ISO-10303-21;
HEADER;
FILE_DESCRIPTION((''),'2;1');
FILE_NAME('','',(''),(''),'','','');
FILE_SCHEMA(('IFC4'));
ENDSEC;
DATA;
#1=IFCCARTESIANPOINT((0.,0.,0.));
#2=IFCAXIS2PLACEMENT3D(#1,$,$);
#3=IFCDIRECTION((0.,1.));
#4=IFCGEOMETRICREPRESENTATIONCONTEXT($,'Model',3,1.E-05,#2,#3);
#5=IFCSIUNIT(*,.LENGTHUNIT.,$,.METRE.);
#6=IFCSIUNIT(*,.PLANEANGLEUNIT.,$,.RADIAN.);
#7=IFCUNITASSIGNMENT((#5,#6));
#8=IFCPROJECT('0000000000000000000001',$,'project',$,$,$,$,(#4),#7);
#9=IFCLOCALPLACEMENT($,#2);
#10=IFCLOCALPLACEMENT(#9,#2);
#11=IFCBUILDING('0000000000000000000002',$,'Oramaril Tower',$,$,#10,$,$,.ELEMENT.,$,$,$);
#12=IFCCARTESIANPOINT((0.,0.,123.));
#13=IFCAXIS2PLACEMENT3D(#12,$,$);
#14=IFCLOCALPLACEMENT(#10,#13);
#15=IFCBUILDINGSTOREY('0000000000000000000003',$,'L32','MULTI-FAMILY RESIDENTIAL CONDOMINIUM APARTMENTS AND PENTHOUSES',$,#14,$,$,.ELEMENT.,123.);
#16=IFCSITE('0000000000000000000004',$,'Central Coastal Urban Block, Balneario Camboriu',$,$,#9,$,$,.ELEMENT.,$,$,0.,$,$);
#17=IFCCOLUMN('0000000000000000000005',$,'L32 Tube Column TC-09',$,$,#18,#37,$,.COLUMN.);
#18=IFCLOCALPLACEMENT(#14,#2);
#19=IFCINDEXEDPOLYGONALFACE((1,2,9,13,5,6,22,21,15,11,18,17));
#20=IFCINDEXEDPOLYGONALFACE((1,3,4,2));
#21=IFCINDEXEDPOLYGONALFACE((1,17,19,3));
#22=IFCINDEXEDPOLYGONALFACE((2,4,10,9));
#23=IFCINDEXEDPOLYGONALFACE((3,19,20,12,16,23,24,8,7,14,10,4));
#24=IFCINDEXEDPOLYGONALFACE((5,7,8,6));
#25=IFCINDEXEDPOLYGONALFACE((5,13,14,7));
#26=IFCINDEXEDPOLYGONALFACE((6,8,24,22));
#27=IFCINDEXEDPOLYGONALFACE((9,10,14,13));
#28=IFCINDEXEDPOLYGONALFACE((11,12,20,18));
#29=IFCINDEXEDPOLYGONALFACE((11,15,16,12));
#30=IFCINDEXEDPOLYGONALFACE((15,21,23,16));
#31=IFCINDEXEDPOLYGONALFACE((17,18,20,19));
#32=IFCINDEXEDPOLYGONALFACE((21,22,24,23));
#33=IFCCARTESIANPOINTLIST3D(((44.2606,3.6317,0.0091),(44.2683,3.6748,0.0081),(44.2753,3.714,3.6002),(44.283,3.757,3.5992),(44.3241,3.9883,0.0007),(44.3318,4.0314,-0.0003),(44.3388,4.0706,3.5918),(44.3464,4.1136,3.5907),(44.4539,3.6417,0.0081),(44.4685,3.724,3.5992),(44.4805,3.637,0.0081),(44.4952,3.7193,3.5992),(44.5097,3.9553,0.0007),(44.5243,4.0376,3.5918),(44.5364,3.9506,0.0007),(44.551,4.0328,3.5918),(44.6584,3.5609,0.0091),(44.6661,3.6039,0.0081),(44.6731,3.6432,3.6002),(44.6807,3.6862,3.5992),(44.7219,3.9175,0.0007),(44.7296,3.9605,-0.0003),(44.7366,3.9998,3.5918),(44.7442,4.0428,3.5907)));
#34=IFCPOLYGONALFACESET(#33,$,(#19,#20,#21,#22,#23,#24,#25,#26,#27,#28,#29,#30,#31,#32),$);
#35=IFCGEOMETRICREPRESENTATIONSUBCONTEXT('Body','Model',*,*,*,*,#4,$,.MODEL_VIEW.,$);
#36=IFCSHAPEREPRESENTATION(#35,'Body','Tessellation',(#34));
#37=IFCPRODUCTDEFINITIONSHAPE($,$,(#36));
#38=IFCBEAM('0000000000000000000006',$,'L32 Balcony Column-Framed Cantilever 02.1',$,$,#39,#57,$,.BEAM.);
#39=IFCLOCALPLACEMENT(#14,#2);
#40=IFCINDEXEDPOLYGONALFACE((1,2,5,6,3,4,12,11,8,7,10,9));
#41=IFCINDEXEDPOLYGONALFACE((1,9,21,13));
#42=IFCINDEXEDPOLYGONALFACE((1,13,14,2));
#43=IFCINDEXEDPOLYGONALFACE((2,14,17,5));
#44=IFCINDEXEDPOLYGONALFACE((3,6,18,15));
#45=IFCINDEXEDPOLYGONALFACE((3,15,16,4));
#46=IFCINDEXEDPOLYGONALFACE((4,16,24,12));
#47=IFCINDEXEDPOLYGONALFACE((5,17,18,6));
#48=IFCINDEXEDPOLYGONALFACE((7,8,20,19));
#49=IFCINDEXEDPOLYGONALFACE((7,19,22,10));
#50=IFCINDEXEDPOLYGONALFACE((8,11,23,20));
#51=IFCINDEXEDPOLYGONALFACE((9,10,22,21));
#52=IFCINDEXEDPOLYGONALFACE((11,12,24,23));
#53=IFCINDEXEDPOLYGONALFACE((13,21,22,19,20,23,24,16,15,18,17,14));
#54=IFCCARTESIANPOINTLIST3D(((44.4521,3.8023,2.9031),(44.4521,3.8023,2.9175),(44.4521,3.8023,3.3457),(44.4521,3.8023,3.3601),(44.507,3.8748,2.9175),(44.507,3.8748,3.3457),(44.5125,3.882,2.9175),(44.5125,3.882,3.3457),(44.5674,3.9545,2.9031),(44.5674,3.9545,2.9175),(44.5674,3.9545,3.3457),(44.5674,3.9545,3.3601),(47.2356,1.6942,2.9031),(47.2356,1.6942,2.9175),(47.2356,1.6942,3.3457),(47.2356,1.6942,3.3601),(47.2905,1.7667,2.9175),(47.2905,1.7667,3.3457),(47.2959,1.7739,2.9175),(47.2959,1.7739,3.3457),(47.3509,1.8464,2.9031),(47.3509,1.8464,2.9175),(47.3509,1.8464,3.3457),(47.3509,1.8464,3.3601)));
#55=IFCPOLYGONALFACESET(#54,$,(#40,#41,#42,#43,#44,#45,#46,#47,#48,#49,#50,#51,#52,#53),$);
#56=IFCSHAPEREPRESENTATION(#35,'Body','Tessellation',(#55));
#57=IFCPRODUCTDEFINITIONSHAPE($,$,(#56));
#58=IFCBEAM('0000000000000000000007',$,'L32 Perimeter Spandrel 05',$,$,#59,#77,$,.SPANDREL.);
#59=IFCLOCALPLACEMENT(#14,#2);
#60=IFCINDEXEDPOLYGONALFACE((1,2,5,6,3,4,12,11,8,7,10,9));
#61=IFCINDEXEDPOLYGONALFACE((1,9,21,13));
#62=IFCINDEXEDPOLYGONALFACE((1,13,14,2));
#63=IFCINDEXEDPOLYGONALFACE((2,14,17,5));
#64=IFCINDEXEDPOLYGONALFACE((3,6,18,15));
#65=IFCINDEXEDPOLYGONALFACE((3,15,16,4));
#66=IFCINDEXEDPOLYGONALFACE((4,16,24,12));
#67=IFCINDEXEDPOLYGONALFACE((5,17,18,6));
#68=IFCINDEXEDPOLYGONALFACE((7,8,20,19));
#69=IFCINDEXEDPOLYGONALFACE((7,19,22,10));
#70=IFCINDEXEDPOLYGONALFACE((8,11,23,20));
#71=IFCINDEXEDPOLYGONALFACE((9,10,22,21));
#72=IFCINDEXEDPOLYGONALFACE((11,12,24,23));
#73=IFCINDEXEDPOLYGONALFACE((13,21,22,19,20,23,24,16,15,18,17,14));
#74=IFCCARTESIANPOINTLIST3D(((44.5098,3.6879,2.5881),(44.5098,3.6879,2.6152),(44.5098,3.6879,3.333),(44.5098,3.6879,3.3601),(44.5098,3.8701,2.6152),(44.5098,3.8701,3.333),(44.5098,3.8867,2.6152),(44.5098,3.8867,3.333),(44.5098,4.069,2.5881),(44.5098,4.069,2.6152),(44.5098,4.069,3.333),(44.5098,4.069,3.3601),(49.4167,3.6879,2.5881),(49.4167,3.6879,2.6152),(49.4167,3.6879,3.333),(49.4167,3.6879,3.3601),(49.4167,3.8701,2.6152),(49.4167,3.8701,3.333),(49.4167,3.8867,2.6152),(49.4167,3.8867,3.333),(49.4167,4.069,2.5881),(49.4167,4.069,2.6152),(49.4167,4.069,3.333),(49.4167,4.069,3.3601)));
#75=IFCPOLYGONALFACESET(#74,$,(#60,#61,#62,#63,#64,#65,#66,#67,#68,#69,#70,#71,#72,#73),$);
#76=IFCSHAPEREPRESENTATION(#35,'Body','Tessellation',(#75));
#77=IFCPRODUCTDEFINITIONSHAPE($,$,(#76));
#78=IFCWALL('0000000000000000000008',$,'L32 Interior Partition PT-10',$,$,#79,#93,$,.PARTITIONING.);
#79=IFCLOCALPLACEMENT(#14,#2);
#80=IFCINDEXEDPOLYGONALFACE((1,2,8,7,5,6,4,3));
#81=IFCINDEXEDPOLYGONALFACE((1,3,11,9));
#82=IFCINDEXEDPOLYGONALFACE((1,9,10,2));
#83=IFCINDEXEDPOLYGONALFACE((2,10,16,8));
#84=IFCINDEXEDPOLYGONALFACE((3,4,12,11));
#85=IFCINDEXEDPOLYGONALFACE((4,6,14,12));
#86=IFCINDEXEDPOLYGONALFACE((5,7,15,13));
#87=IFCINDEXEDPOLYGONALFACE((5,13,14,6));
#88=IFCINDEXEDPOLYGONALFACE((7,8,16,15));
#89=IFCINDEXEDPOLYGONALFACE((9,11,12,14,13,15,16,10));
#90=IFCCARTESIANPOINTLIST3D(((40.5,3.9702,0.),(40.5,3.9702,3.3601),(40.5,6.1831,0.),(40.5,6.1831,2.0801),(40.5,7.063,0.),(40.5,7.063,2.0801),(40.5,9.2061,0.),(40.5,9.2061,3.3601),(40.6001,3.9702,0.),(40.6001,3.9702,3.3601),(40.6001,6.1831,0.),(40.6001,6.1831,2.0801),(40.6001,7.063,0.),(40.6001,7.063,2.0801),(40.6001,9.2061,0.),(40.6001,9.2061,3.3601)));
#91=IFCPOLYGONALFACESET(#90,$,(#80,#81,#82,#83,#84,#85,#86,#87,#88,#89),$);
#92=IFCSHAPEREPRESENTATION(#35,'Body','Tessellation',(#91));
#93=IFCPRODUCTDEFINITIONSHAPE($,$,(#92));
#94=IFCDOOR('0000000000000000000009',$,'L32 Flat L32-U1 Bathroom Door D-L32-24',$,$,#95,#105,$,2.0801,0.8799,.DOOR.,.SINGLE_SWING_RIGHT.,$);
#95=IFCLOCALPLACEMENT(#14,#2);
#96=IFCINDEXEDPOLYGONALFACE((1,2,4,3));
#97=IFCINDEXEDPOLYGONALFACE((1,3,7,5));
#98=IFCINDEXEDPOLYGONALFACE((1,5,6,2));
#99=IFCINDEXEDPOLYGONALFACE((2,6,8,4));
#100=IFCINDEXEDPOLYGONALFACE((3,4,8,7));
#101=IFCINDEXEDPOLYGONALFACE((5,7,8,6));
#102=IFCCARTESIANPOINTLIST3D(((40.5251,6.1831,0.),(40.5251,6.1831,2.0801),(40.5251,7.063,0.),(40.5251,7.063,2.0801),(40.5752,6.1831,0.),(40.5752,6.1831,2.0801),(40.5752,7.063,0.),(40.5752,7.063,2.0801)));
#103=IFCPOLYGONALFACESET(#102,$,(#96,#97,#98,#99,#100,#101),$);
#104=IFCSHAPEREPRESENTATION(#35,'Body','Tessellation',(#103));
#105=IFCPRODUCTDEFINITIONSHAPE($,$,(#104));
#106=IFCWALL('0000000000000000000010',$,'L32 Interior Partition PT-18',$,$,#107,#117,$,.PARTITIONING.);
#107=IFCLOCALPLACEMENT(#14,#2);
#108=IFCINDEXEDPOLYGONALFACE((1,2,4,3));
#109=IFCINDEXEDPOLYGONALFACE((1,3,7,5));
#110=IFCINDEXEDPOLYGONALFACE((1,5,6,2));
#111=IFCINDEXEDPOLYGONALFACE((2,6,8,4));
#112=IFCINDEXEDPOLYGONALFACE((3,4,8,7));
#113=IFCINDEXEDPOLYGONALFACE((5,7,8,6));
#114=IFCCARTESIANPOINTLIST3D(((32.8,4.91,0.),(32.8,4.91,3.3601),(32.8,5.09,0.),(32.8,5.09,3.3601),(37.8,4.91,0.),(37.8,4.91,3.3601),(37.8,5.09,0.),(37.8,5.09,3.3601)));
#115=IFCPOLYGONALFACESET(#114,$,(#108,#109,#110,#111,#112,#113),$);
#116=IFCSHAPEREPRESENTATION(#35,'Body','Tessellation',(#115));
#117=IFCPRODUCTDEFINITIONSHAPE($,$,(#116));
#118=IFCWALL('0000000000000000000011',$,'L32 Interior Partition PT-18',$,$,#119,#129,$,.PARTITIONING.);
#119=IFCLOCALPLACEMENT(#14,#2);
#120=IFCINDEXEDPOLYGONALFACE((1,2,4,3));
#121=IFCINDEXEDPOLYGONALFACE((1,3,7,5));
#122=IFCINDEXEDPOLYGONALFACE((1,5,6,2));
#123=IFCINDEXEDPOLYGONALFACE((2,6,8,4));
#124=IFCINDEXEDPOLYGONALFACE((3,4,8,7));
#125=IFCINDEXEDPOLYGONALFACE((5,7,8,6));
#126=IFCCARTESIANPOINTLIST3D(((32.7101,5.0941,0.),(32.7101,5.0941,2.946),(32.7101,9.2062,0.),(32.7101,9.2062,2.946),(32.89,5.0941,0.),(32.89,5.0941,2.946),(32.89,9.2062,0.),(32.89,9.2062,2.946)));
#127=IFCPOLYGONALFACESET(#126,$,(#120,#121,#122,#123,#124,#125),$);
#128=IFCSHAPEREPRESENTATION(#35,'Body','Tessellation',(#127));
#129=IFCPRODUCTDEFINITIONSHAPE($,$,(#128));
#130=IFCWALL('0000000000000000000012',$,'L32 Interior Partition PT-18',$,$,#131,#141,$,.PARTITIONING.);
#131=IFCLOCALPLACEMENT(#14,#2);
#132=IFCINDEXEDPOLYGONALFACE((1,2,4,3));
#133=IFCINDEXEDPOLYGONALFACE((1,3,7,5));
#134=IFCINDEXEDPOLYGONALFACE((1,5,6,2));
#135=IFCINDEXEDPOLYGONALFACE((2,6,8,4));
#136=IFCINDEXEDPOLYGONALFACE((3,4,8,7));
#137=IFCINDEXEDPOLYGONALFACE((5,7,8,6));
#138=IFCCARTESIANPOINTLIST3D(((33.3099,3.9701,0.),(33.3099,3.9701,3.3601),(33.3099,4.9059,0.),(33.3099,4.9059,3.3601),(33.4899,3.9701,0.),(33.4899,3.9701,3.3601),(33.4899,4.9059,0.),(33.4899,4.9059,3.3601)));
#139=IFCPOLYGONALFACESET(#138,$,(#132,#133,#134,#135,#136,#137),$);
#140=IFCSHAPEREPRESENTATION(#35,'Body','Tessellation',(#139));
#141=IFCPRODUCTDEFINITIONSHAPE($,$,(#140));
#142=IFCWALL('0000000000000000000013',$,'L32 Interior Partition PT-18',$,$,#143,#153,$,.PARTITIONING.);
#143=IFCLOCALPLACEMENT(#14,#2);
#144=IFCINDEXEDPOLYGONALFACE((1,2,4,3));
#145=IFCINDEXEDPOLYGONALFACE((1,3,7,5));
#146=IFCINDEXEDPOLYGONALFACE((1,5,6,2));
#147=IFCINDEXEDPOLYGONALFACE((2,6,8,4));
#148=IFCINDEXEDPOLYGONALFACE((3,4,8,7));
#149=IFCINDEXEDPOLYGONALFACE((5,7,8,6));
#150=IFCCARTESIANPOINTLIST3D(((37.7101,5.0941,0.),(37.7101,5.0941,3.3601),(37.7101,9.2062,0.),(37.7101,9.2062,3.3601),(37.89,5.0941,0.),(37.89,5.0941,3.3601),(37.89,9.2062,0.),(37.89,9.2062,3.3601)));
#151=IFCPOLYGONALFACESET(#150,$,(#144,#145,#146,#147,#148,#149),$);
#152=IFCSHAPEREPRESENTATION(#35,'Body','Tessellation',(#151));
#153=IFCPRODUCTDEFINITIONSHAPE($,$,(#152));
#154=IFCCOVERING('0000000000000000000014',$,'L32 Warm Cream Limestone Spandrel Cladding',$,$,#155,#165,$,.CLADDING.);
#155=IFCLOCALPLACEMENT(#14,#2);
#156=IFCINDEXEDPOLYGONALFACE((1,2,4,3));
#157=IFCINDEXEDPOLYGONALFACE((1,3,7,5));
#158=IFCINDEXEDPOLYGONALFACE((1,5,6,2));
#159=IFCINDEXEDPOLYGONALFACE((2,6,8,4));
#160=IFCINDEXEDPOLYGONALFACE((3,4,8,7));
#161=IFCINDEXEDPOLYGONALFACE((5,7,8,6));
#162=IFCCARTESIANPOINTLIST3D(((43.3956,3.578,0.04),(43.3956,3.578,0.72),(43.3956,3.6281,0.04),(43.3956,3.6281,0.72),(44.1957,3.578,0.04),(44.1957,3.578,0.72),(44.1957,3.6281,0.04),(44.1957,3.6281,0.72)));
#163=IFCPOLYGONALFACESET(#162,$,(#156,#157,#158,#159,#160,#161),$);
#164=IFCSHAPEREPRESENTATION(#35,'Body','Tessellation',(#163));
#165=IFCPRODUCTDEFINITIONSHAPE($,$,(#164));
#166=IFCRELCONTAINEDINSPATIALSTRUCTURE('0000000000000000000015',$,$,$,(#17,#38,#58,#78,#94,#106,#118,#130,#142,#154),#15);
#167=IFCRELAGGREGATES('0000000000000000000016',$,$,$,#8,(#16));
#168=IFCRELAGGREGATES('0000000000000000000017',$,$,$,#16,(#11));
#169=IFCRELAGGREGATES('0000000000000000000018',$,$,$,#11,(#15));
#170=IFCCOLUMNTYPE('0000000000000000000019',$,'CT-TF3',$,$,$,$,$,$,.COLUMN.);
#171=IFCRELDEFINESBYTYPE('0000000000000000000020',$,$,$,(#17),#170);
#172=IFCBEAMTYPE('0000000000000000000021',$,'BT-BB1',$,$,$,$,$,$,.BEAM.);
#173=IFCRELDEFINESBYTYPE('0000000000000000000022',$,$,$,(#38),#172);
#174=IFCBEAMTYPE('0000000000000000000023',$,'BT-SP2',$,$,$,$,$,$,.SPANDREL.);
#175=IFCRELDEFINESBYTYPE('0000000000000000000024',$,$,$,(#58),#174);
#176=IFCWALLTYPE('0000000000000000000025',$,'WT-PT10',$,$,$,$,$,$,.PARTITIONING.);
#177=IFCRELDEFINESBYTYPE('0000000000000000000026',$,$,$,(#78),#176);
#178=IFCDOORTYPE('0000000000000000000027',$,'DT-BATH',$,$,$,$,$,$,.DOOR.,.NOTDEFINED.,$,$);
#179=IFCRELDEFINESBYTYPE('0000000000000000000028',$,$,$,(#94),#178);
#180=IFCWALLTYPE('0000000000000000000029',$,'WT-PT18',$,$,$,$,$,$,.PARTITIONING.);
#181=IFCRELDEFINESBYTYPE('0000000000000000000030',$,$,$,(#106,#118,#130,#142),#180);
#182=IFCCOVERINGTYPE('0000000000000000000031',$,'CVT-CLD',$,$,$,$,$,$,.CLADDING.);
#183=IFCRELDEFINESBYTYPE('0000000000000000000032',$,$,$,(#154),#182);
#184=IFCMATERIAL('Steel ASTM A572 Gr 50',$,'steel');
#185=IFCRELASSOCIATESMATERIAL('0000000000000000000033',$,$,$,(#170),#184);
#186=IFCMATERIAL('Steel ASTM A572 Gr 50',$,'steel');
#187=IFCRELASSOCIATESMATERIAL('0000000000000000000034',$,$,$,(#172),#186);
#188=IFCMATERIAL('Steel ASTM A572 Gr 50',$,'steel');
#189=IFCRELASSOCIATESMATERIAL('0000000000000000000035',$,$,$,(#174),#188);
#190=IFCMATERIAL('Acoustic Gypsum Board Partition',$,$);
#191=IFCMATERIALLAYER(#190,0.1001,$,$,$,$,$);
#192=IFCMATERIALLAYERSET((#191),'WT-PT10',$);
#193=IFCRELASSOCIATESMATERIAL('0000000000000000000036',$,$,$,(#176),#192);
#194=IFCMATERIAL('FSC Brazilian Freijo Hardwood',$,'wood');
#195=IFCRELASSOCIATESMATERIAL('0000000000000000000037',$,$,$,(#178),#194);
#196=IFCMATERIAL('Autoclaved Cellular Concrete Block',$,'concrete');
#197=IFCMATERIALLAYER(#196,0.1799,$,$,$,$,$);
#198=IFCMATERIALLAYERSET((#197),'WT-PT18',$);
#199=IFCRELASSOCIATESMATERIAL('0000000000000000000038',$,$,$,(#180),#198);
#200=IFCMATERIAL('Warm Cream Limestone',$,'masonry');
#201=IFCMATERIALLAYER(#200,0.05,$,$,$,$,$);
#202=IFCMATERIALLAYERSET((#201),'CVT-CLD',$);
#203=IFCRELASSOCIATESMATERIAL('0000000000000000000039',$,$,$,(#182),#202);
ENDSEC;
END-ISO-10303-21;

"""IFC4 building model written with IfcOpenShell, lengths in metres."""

from ifc_helpers import new_model, si_unit, direction, frame, frame_2d, origin, origin_2d, place, context, subcontext, project, spatial, rectangle, i_section, extrude, material, layer, layer_set, material_profile, profile_set, type_object, element, fill, save


model = new_model("IFC4")

# Units and contexts
model_context = context("Model", 3, precision=1e-05, world=origin(), true_north=direction((0.0, 1.0)))
body_context = subcontext(model_context, "Body", "Model", "MODEL_VIEW")
ifc_project = project(units=[si_unit("LENGTHUNIT", "METRE"), si_unit("PLANEANGLEUNIT", "RADIAN")], contexts=[model_context])

# Site, building, storey
site_placement = place(None, origin())
site = spatial("IfcSite", under=ifc_project, at=site_placement, Name="Central Coastal Urban Block, Balneario Camboriu", CompositionType="ELEMENT", RefElevation=0.0)
building_placement = place(site_placement, origin())
building = spatial("IfcBuilding", under=site, at=building_placement, Name="Oramaril Tower", CompositionType="ELEMENT")
storey_placement = place(building_placement, frame((0.0, 0.0, 123.0)))
storey = spatial("IfcBuildingStorey", under=building, at=storey_placement, Name="L32", Description="MULTI-FAMILY RESIDENTIAL CONDOMINIUM APARTMENTS AND PENTHOUSES", CompositionType="ELEMENT", Elevation=123.0)

# Column
ifc_material_1 = material(Name="Steel ASTM A572 Gr 50", Category="steel")
ifc_material_profile_1 = material_profile(ifc_material_1, i_section(OverallWidth=0.4041, OverallDepth=0.406, WebThickness=0.0271, FlangeThickness=0.0437, at=origin_2d()), Name="W14X233")
ifc_profile_set_1 = profile_set([ifc_material_profile_1], Name="Steel ASTM A572 Gr 50")
column_type = type_object("IfcColumnType", Name="CT-TF3", PredefinedType="COLUMN", material=ifc_profile_set_1)
column_placement = place(storey_placement, frame((44.4951, 3.7961, 0.0044), z_axis=(0.004078, 0.022905, 0.999729), x_axis=(-0.984518, 0.175285, 0.0)))
element("IfcColumn", 1, at=column_placement, inside=storey, type_object=column_type, Name="L32 Tube Column TC-09", PredefinedType="COLUMN", context=body_context, shape_type="SweptSolid", body=[
    extrude(i_section(OverallWidth=0.4041, OverallDepth=0.406, WebThickness=0.0271, FlangeThickness=0.0437, at=origin_2d()), origin(), (0.0, 0.0, 1.0), 3.592),
])

# Beams
ifc_material_2 = material(Name="Steel ASTM A572 Gr 50", Category="steel")
ifc_material_profile_2 = material_profile(ifc_material_2, i_section(OverallWidth=0.1909, OverallDepth=0.457, WebThickness=0.009, FlangeThickness=0.0144, at=origin_2d()), Name="W18X50")
ifc_profile_set_2 = profile_set([ifc_material_profile_2], Name="Steel ASTM A572 Gr 50")
beam_type_1 = type_object("IfcBeamType", Name="BT-BB1", PredefinedType="BEAM", material=ifc_profile_set_2)
beam_1_placement = place(storey_placement, frame((44.5098, 3.8784, 3.1316), z_axis=(0.797164, -0.603763, 0.0), x_axis=(0.603763, 0.797164, 0.0)))
element("IfcBeam", 2, at=beam_1_placement, inside=storey, type_object=beam_type_1, Name="L32 Balcony Column-Framed Cantilever 02.1", PredefinedType="BEAM", context=body_context, shape_type="SweptSolid", body=[
    extrude(i_section(OverallWidth=0.1909, OverallDepth=0.457, WebThickness=0.009, FlangeThickness=0.0144, at=origin_2d()), origin(), (0.0, 0.0, 1.0), 3.4917),
])
ifc_material_3 = material(Name="Steel ASTM A572 Gr 50", Category="steel")
ifc_material_profile_3 = material_profile(ifc_material_3, i_section(OverallWidth=0.3811, OverallDepth=0.772, WebThickness=0.0166, FlangeThickness=0.0271, at=origin_2d()), Name="W30X173")
ifc_profile_set_3 = profile_set([ifc_material_profile_3], Name="Steel ASTM A572 Gr 50")
beam_type_2 = type_object("IfcBeamType", Name="BT-SP2", PredefinedType="SPANDREL", material=ifc_profile_set_3)
beam_2_placement = place(storey_placement, frame((44.5098, 3.8784, 2.9741), z_axis=(1.0, 0.0, 0.0), x_axis=(0.0, 1.0, 0.0)))
element("IfcBeam", 3, at=beam_2_placement, inside=storey, type_object=beam_type_2, Name="L32 Perimeter Spandrel 05", PredefinedType="SPANDREL", context=body_context, shape_type="SweptSolid", body=[
    extrude(i_section(OverallWidth=0.3811, OverallDepth=0.772, WebThickness=0.0166, FlangeThickness=0.0271, at=origin_2d()), origin(), (0.0, 0.0, 1.0), 4.907),
])

# Wall, opening, door
ifc_material_4 = material(Name="Acoustic Gypsum Board Partition")
ifc_layer_1 = layer(ifc_material_4, 0.1001)
ifc_layer_set_1 = layer_set([ifc_layer_1], Name="WT-PT10")
wall_type_1 = type_object("IfcWallType", Name="WT-PT10", PredefinedType="PARTITIONING", material=ifc_layer_set_1)
wall_1_placement = place(storey_placement, frame((40.55, 3.9702, 0.0), z_axis=(0.0, 0.0, 1.0), x_axis=(0.0, 1.0, 0.0)))
wall_1 = element("IfcWall", 4, at=wall_1_placement, inside=storey, type_object=wall_type_1, Name="L32 Interior Partition PT-10", PredefinedType="PARTITIONING", context=body_context, shape_type="SweptSolid", body=[
    extrude(rectangle(XDim=5.2358, YDim=0.1001, at=frame_2d((2.6179, 0.0))), origin(), (0.0, 0.0, 1.0), 3.3601),
])
opening_placement = place(wall_1_placement, frame((2.2129, 0.0, 0.0)))
opening = element("IfcOpeningElement", 5, at=opening_placement, cuts=wall_1, PredefinedType="OPENING", context=body_context, shape_type="SweptSolid", body=[
    extrude(rectangle(XDim=0.8799, YDim=2.0801, at=frame_2d((0.4399, 1.04))), frame((0.0, 0.05, 0.0), z_axis=(0.0, -1.0, 0.0), x_axis=(1.0, 0.0, 0.0)), (0.0, 0.0, 1.0), 0.1001),
])
ifc_material_5 = material(Name="FSC Brazilian Freijo Hardwood", Category="wood")
door_type = type_object("IfcDoorType", Name="DT-BATH", OperationType="NOTDEFINED", PredefinedType="DOOR", material=ifc_material_5)
door_placement = place(opening_placement, origin())
door = element("IfcDoor", 6, at=door_placement, inside=storey, type_object=door_type, Name="L32 Flat L32-U1 Bathroom Door D-L32-24", OperationType="SINGLE_SWING_RIGHT", OverallHeight=2.0801, OverallWidth=0.8799, PredefinedType="DOOR", context=body_context, shape_type="SweptSolid", body=[
    extrude(rectangle(XDim=0.8799, YDim=2.0801, at=frame_2d((0.4399, 1.04))), frame((0.0, 0.0249, 0.0), z_axis=(0.0, -1.0, 0.0), x_axis=(1.0, 0.0, 0.0)), (0.0, 0.0, 1.0), 0.05),
])
fill(opening, door)

# Walls
ifc_material_6 = material(Name="Autoclaved Cellular Concrete Block", Category="concrete")
ifc_layer_2 = layer(ifc_material_6, 0.1799)
ifc_layer_set_2 = layer_set([ifc_layer_2], Name="WT-PT18")
wall_type_2 = type_object("IfcWallType", Name="WT-PT18", PredefinedType="PARTITIONING", material=ifc_layer_set_2)
wall_2_placement = place(storey_placement, frame((32.8, 5.0, 0.0), z_axis=(0.0, 0.0, 1.0), x_axis=(1.0, 0.0, 0.0)))
element("IfcWall", 7, at=wall_2_placement, inside=storey, type_object=wall_type_2, Name="L32 Interior Partition PT-18", PredefinedType="PARTITIONING", context=body_context, shape_type="SweptSolid", body=[
    extrude(rectangle(XDim=5.0, YDim=0.1799, at=frame_2d((2.5, 0.0))), origin(), (0.0, 0.0, 1.0), 3.3601),
])
wall_3_placement = place(storey_placement, frame((32.8, 5.094, 0.0), z_axis=(0.0, 0.0, 1.0), x_axis=(0.0, 1.0, 0.0)))
element("IfcWall", 8, at=wall_3_placement, inside=storey, type_object=wall_type_2, Name="L32 Interior Partition PT-18", PredefinedType="PARTITIONING", context=body_context, shape_type="SweptSolid", body=[
    extrude(rectangle(XDim=4.1121, YDim=0.1799, at=frame_2d((2.0562, 0.0))), origin(), (0.0, 0.0, 1.0), 2.946),
])
wall_4_placement = place(storey_placement, frame((33.3999, 3.9702, 0.0), z_axis=(0.0, 0.0, 1.0), x_axis=(0.0, 1.0, 0.0)))
element("IfcWall", 9, at=wall_4_placement, inside=storey, type_object=wall_type_2, Name="L32 Interior Partition PT-18", PredefinedType="PARTITIONING", context=body_context, shape_type="SweptSolid", body=[
    extrude(rectangle(XDim=0.9358, YDim=0.1799, at=frame_2d((0.4678, 0.0))), origin(), (0.0, 0.0, 1.0), 3.3601),
])
wall_5_placement = place(storey_placement, frame((37.8, 5.094, 0.0), z_axis=(0.0, 0.0, 1.0), x_axis=(0.0, 1.0, 0.0)))
element("IfcWall", 10, at=wall_5_placement, inside=storey, type_object=wall_type_2, Name="L32 Interior Partition PT-18", PredefinedType="PARTITIONING", context=body_context, shape_type="SweptSolid", body=[
    extrude(rectangle(XDim=4.1121, YDim=0.1799, at=frame_2d((2.0562, 0.0))), origin(), (0.0, 0.0, 1.0), 3.3601),
])

# Covering
ifc_material_7 = material(Name="Warm Cream Limestone", Category="masonry")
ifc_layer_3 = layer(ifc_material_7, 0.05)
ifc_layer_set_3 = layer_set([ifc_layer_3], Name="CVT-CLD")
covering_type = type_object("IfcCoveringType", Name="CVT-CLD", PredefinedType="CLADDING", material=ifc_layer_set_3)
covering_placement = place(storey_placement, frame((43.7957, 3.603, 0.04), z_axis=(0.0, 0.0, 1.0), x_axis=(1.0, 0.0, 0.0)))
element("IfcCovering", 11, at=covering_placement, inside=storey, type_object=covering_type, Name="L32 Warm Cream Limestone Spandrel Cladding", PredefinedType="CLADDING", context=body_context, shape_type="SweptSolid", body=[
    extrude(rectangle(XDim=0.8, YDim=0.05, at=origin_2d()), origin(), (0.0, 0.0, 1.0), 0.6799),
])

save(model, "model.ifc")
